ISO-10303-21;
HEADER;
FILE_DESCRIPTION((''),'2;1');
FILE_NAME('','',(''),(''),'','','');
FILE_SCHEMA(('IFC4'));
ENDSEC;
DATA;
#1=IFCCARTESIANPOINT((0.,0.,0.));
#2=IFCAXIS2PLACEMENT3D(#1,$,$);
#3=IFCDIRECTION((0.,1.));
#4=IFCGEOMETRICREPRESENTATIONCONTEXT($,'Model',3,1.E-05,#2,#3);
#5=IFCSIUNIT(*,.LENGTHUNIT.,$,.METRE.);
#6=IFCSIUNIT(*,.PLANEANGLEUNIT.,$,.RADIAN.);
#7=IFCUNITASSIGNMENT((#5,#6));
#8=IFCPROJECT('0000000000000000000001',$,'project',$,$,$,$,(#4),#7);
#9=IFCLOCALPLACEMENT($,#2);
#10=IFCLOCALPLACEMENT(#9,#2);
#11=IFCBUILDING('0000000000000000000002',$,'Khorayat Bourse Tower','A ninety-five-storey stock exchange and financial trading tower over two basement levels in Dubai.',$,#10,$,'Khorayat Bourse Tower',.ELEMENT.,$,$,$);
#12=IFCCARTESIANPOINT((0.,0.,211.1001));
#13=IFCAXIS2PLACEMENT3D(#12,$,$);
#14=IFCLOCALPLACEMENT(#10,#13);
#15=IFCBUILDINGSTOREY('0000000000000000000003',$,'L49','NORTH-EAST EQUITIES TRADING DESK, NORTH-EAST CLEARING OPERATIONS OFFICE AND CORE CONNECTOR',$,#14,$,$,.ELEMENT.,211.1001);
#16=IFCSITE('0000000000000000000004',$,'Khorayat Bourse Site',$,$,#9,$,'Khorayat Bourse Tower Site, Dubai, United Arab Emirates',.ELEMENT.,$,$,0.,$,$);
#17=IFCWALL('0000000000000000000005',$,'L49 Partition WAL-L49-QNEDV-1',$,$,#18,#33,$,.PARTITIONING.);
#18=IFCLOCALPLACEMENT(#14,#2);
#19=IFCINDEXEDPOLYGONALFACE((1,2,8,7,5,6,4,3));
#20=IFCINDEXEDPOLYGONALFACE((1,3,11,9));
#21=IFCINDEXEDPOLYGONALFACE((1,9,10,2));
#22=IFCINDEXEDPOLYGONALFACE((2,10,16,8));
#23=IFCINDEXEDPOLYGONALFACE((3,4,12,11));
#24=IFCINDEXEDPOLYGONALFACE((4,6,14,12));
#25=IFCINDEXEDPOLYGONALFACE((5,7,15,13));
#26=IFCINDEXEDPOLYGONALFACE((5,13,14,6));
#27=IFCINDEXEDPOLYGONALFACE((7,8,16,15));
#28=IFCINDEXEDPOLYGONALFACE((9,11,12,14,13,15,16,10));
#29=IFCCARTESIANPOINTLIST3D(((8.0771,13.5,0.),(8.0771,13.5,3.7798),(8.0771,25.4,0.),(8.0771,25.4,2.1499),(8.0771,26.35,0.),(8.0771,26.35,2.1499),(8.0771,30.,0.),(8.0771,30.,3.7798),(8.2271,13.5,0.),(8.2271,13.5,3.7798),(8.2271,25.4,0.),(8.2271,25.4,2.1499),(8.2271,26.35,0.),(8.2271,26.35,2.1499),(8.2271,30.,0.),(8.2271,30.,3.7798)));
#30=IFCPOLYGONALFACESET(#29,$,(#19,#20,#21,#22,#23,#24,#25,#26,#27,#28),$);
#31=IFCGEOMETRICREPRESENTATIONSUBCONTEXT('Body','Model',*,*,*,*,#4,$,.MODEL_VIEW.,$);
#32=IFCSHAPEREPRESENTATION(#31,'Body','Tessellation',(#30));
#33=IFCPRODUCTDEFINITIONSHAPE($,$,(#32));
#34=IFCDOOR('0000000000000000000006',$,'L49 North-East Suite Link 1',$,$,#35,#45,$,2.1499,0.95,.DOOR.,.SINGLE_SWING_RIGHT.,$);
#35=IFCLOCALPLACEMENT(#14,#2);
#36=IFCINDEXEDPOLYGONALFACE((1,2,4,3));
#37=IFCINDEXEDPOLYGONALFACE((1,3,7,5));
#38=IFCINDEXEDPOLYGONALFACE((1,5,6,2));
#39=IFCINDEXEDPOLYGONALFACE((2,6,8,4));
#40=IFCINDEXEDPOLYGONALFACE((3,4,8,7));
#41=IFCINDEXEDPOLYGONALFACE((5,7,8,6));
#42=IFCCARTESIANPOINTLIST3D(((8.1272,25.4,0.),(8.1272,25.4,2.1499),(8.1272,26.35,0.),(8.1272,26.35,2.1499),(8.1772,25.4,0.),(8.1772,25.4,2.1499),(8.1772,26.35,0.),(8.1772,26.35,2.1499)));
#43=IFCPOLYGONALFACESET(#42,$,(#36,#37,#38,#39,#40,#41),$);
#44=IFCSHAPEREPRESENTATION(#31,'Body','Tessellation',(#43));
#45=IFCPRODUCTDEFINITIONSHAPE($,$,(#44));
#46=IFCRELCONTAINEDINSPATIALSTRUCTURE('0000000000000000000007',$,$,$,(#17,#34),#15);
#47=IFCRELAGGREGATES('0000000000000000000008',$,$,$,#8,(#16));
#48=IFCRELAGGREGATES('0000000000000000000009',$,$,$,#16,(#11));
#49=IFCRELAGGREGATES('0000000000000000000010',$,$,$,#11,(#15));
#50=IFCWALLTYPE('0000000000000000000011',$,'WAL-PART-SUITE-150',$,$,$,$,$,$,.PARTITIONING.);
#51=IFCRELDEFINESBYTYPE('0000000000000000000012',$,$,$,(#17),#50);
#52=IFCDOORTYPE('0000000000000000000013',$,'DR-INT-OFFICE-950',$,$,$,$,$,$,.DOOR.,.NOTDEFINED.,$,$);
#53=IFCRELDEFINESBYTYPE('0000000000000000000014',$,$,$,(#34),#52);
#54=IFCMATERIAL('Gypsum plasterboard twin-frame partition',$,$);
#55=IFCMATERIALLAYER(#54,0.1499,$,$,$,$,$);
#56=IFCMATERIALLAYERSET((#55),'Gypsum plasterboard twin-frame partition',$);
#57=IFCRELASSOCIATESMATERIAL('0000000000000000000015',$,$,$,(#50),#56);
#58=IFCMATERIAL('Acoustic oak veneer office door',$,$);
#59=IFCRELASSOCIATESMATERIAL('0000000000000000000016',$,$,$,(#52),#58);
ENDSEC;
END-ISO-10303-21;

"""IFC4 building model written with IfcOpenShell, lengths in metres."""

from ifc_helpers import new_model, si_unit, direction, frame, frame_2d, origin, place, context, subcontext, project, spatial, rectangle, extrude, source, transform, mapped, material, layer, layer_set, type_object, element, fill, save


model = new_model("IFC4")

# Units and contexts
model_context = context("Model", 3, precision=1e-05, world=origin(), true_north=direction((0.0, 1.0)))
body_context = subcontext(model_context, "Body", "Model", "MODEL_VIEW")
ifc_project = project(units=[si_unit("LENGTHUNIT", "METRE"), si_unit("PLANEANGLEUNIT", "RADIAN")], contexts=[model_context])

# Site, building, storey
site_placement = place(None, origin())
site = spatial("IfcSite", under=ifc_project, at=site_placement, Name="Khorayat Bourse Site", LongName="Khorayat Bourse Tower Site, Dubai, United Arab Emirates", CompositionType="ELEMENT", RefElevation=0.0)
building_placement = place(site_placement, origin())
building = spatial("IfcBuilding", under=site, at=building_placement, Name="Khorayat Bourse Tower", Description="A ninety-five-storey stock exchange and financial trading tower over two basement levels in Dubai.", LongName="Khorayat Bourse Tower", CompositionType="ELEMENT")
storey_placement = place(building_placement, frame((0.0, 0.0, 211.1001)))
storey = spatial("IfcBuildingStorey", under=building, at=storey_placement, Name="L49", Description="NORTH-EAST EQUITIES TRADING DESK, NORTH-EAST CLEARING OPERATIONS OFFICE AND CORE CONNECTOR", CompositionType="ELEMENT", Elevation=211.1001)

# Wall, opening, door
ifc_material_1 = material(Name="Gypsum plasterboard twin-frame partition")
ifc_layer_1 = layer(ifc_material_1, 0.1499)
ifc_layer_set_1 = layer_set([ifc_layer_1], Name="Gypsum plasterboard twin-frame partition")
wall_type_1 = type_object("IfcWallType", Name="WAL-PART-SUITE-150", PredefinedType="PARTITIONING", material=ifc_layer_set_1)
shared_shape_1 = source(origin(), body_context, "Body", "SweptSolid", [
    extrude(rectangle(XDim=16.5, YDim=0.1499, at=frame_2d((8.25, 0.0))), origin(), (0.0, 0.0, 1.0), 3.7798),
])
wall_1_placement = place(storey_placement, frame((8.1521, 13.5, 0.0), z_axis=(0.0, 0.0, 1.0), x_axis=(0.0, 1.0, 0.0)))
wall_1 = element("IfcWall", 1, at=wall_1_placement, inside=storey, type_object=wall_type_1, Name="L49 Partition WAL-L49-QNEDV-1", PredefinedType="PARTITIONING", context=body_context, shape_type="MappedRepresentation", body=[
    mapped(shared_shape_1, transform((0.0, 0.0, 0.0), scale=1.0)),
])
shared_shape_2 = source(origin(), body_context, "Body", "SweptSolid", [
    extrude(rectangle(XDim=0.95, YDim=2.1499, at=frame_2d((0.4751, 1.075))), frame((0.0, 0.085, 0.0), z_axis=(0.0, -1.0, 0.0), x_axis=(1.0, 0.0, 0.0)), (0.0, 0.0, 1.0), 0.1699),
])
opening_1_placement = place(wall_1_placement, frame((11.8999, 0.0, 0.0)))
opening_1 = element("IfcOpeningElement", 2, at=opening_1_placement, cuts=wall_1, PredefinedType="OPENING", context=body_context, shape_type="MappedRepresentation", body=[
    mapped(shared_shape_2, transform((0.0, 0.0, 0.0), scale=1.0)),
])
ifc_material_2 = material(Name="Acoustic oak veneer office door")
door_type_1 = type_object("IfcDoorType", Name="DR-INT-OFFICE-950", OperationType="NOTDEFINED", PredefinedType="DOOR", material=ifc_material_2)
shared_shape_3 = source(origin(), body_context, "Body", "SweptSolid", [
    extrude(rectangle(XDim=0.95, YDim=2.1499, at=frame_2d((0.4751, 1.075))), frame((0.0, 0.0249, 0.0), z_axis=(0.0, -1.0, 0.0), x_axis=(1.0, 0.0, 0.0)), (0.0, 0.0, 1.0), 0.05),
])
door_1_placement = place(opening_1_placement, origin())
door_1 = element("IfcDoor", 3, at=door_1_placement, inside=storey, type_object=door_type_1, Name="L49 North-East Suite Link 1", OperationType="SINGLE_SWING_RIGHT", OverallHeight=2.1499, OverallWidth=0.95, PredefinedType="DOOR", context=body_context, shape_type="MappedRepresentation", body=[
    mapped(shared_shape_3, transform((0.0, 0.0, 0.0), scale=1.0)),
])
fill(opening_1, door_1)

save(model, "model.ifc")
